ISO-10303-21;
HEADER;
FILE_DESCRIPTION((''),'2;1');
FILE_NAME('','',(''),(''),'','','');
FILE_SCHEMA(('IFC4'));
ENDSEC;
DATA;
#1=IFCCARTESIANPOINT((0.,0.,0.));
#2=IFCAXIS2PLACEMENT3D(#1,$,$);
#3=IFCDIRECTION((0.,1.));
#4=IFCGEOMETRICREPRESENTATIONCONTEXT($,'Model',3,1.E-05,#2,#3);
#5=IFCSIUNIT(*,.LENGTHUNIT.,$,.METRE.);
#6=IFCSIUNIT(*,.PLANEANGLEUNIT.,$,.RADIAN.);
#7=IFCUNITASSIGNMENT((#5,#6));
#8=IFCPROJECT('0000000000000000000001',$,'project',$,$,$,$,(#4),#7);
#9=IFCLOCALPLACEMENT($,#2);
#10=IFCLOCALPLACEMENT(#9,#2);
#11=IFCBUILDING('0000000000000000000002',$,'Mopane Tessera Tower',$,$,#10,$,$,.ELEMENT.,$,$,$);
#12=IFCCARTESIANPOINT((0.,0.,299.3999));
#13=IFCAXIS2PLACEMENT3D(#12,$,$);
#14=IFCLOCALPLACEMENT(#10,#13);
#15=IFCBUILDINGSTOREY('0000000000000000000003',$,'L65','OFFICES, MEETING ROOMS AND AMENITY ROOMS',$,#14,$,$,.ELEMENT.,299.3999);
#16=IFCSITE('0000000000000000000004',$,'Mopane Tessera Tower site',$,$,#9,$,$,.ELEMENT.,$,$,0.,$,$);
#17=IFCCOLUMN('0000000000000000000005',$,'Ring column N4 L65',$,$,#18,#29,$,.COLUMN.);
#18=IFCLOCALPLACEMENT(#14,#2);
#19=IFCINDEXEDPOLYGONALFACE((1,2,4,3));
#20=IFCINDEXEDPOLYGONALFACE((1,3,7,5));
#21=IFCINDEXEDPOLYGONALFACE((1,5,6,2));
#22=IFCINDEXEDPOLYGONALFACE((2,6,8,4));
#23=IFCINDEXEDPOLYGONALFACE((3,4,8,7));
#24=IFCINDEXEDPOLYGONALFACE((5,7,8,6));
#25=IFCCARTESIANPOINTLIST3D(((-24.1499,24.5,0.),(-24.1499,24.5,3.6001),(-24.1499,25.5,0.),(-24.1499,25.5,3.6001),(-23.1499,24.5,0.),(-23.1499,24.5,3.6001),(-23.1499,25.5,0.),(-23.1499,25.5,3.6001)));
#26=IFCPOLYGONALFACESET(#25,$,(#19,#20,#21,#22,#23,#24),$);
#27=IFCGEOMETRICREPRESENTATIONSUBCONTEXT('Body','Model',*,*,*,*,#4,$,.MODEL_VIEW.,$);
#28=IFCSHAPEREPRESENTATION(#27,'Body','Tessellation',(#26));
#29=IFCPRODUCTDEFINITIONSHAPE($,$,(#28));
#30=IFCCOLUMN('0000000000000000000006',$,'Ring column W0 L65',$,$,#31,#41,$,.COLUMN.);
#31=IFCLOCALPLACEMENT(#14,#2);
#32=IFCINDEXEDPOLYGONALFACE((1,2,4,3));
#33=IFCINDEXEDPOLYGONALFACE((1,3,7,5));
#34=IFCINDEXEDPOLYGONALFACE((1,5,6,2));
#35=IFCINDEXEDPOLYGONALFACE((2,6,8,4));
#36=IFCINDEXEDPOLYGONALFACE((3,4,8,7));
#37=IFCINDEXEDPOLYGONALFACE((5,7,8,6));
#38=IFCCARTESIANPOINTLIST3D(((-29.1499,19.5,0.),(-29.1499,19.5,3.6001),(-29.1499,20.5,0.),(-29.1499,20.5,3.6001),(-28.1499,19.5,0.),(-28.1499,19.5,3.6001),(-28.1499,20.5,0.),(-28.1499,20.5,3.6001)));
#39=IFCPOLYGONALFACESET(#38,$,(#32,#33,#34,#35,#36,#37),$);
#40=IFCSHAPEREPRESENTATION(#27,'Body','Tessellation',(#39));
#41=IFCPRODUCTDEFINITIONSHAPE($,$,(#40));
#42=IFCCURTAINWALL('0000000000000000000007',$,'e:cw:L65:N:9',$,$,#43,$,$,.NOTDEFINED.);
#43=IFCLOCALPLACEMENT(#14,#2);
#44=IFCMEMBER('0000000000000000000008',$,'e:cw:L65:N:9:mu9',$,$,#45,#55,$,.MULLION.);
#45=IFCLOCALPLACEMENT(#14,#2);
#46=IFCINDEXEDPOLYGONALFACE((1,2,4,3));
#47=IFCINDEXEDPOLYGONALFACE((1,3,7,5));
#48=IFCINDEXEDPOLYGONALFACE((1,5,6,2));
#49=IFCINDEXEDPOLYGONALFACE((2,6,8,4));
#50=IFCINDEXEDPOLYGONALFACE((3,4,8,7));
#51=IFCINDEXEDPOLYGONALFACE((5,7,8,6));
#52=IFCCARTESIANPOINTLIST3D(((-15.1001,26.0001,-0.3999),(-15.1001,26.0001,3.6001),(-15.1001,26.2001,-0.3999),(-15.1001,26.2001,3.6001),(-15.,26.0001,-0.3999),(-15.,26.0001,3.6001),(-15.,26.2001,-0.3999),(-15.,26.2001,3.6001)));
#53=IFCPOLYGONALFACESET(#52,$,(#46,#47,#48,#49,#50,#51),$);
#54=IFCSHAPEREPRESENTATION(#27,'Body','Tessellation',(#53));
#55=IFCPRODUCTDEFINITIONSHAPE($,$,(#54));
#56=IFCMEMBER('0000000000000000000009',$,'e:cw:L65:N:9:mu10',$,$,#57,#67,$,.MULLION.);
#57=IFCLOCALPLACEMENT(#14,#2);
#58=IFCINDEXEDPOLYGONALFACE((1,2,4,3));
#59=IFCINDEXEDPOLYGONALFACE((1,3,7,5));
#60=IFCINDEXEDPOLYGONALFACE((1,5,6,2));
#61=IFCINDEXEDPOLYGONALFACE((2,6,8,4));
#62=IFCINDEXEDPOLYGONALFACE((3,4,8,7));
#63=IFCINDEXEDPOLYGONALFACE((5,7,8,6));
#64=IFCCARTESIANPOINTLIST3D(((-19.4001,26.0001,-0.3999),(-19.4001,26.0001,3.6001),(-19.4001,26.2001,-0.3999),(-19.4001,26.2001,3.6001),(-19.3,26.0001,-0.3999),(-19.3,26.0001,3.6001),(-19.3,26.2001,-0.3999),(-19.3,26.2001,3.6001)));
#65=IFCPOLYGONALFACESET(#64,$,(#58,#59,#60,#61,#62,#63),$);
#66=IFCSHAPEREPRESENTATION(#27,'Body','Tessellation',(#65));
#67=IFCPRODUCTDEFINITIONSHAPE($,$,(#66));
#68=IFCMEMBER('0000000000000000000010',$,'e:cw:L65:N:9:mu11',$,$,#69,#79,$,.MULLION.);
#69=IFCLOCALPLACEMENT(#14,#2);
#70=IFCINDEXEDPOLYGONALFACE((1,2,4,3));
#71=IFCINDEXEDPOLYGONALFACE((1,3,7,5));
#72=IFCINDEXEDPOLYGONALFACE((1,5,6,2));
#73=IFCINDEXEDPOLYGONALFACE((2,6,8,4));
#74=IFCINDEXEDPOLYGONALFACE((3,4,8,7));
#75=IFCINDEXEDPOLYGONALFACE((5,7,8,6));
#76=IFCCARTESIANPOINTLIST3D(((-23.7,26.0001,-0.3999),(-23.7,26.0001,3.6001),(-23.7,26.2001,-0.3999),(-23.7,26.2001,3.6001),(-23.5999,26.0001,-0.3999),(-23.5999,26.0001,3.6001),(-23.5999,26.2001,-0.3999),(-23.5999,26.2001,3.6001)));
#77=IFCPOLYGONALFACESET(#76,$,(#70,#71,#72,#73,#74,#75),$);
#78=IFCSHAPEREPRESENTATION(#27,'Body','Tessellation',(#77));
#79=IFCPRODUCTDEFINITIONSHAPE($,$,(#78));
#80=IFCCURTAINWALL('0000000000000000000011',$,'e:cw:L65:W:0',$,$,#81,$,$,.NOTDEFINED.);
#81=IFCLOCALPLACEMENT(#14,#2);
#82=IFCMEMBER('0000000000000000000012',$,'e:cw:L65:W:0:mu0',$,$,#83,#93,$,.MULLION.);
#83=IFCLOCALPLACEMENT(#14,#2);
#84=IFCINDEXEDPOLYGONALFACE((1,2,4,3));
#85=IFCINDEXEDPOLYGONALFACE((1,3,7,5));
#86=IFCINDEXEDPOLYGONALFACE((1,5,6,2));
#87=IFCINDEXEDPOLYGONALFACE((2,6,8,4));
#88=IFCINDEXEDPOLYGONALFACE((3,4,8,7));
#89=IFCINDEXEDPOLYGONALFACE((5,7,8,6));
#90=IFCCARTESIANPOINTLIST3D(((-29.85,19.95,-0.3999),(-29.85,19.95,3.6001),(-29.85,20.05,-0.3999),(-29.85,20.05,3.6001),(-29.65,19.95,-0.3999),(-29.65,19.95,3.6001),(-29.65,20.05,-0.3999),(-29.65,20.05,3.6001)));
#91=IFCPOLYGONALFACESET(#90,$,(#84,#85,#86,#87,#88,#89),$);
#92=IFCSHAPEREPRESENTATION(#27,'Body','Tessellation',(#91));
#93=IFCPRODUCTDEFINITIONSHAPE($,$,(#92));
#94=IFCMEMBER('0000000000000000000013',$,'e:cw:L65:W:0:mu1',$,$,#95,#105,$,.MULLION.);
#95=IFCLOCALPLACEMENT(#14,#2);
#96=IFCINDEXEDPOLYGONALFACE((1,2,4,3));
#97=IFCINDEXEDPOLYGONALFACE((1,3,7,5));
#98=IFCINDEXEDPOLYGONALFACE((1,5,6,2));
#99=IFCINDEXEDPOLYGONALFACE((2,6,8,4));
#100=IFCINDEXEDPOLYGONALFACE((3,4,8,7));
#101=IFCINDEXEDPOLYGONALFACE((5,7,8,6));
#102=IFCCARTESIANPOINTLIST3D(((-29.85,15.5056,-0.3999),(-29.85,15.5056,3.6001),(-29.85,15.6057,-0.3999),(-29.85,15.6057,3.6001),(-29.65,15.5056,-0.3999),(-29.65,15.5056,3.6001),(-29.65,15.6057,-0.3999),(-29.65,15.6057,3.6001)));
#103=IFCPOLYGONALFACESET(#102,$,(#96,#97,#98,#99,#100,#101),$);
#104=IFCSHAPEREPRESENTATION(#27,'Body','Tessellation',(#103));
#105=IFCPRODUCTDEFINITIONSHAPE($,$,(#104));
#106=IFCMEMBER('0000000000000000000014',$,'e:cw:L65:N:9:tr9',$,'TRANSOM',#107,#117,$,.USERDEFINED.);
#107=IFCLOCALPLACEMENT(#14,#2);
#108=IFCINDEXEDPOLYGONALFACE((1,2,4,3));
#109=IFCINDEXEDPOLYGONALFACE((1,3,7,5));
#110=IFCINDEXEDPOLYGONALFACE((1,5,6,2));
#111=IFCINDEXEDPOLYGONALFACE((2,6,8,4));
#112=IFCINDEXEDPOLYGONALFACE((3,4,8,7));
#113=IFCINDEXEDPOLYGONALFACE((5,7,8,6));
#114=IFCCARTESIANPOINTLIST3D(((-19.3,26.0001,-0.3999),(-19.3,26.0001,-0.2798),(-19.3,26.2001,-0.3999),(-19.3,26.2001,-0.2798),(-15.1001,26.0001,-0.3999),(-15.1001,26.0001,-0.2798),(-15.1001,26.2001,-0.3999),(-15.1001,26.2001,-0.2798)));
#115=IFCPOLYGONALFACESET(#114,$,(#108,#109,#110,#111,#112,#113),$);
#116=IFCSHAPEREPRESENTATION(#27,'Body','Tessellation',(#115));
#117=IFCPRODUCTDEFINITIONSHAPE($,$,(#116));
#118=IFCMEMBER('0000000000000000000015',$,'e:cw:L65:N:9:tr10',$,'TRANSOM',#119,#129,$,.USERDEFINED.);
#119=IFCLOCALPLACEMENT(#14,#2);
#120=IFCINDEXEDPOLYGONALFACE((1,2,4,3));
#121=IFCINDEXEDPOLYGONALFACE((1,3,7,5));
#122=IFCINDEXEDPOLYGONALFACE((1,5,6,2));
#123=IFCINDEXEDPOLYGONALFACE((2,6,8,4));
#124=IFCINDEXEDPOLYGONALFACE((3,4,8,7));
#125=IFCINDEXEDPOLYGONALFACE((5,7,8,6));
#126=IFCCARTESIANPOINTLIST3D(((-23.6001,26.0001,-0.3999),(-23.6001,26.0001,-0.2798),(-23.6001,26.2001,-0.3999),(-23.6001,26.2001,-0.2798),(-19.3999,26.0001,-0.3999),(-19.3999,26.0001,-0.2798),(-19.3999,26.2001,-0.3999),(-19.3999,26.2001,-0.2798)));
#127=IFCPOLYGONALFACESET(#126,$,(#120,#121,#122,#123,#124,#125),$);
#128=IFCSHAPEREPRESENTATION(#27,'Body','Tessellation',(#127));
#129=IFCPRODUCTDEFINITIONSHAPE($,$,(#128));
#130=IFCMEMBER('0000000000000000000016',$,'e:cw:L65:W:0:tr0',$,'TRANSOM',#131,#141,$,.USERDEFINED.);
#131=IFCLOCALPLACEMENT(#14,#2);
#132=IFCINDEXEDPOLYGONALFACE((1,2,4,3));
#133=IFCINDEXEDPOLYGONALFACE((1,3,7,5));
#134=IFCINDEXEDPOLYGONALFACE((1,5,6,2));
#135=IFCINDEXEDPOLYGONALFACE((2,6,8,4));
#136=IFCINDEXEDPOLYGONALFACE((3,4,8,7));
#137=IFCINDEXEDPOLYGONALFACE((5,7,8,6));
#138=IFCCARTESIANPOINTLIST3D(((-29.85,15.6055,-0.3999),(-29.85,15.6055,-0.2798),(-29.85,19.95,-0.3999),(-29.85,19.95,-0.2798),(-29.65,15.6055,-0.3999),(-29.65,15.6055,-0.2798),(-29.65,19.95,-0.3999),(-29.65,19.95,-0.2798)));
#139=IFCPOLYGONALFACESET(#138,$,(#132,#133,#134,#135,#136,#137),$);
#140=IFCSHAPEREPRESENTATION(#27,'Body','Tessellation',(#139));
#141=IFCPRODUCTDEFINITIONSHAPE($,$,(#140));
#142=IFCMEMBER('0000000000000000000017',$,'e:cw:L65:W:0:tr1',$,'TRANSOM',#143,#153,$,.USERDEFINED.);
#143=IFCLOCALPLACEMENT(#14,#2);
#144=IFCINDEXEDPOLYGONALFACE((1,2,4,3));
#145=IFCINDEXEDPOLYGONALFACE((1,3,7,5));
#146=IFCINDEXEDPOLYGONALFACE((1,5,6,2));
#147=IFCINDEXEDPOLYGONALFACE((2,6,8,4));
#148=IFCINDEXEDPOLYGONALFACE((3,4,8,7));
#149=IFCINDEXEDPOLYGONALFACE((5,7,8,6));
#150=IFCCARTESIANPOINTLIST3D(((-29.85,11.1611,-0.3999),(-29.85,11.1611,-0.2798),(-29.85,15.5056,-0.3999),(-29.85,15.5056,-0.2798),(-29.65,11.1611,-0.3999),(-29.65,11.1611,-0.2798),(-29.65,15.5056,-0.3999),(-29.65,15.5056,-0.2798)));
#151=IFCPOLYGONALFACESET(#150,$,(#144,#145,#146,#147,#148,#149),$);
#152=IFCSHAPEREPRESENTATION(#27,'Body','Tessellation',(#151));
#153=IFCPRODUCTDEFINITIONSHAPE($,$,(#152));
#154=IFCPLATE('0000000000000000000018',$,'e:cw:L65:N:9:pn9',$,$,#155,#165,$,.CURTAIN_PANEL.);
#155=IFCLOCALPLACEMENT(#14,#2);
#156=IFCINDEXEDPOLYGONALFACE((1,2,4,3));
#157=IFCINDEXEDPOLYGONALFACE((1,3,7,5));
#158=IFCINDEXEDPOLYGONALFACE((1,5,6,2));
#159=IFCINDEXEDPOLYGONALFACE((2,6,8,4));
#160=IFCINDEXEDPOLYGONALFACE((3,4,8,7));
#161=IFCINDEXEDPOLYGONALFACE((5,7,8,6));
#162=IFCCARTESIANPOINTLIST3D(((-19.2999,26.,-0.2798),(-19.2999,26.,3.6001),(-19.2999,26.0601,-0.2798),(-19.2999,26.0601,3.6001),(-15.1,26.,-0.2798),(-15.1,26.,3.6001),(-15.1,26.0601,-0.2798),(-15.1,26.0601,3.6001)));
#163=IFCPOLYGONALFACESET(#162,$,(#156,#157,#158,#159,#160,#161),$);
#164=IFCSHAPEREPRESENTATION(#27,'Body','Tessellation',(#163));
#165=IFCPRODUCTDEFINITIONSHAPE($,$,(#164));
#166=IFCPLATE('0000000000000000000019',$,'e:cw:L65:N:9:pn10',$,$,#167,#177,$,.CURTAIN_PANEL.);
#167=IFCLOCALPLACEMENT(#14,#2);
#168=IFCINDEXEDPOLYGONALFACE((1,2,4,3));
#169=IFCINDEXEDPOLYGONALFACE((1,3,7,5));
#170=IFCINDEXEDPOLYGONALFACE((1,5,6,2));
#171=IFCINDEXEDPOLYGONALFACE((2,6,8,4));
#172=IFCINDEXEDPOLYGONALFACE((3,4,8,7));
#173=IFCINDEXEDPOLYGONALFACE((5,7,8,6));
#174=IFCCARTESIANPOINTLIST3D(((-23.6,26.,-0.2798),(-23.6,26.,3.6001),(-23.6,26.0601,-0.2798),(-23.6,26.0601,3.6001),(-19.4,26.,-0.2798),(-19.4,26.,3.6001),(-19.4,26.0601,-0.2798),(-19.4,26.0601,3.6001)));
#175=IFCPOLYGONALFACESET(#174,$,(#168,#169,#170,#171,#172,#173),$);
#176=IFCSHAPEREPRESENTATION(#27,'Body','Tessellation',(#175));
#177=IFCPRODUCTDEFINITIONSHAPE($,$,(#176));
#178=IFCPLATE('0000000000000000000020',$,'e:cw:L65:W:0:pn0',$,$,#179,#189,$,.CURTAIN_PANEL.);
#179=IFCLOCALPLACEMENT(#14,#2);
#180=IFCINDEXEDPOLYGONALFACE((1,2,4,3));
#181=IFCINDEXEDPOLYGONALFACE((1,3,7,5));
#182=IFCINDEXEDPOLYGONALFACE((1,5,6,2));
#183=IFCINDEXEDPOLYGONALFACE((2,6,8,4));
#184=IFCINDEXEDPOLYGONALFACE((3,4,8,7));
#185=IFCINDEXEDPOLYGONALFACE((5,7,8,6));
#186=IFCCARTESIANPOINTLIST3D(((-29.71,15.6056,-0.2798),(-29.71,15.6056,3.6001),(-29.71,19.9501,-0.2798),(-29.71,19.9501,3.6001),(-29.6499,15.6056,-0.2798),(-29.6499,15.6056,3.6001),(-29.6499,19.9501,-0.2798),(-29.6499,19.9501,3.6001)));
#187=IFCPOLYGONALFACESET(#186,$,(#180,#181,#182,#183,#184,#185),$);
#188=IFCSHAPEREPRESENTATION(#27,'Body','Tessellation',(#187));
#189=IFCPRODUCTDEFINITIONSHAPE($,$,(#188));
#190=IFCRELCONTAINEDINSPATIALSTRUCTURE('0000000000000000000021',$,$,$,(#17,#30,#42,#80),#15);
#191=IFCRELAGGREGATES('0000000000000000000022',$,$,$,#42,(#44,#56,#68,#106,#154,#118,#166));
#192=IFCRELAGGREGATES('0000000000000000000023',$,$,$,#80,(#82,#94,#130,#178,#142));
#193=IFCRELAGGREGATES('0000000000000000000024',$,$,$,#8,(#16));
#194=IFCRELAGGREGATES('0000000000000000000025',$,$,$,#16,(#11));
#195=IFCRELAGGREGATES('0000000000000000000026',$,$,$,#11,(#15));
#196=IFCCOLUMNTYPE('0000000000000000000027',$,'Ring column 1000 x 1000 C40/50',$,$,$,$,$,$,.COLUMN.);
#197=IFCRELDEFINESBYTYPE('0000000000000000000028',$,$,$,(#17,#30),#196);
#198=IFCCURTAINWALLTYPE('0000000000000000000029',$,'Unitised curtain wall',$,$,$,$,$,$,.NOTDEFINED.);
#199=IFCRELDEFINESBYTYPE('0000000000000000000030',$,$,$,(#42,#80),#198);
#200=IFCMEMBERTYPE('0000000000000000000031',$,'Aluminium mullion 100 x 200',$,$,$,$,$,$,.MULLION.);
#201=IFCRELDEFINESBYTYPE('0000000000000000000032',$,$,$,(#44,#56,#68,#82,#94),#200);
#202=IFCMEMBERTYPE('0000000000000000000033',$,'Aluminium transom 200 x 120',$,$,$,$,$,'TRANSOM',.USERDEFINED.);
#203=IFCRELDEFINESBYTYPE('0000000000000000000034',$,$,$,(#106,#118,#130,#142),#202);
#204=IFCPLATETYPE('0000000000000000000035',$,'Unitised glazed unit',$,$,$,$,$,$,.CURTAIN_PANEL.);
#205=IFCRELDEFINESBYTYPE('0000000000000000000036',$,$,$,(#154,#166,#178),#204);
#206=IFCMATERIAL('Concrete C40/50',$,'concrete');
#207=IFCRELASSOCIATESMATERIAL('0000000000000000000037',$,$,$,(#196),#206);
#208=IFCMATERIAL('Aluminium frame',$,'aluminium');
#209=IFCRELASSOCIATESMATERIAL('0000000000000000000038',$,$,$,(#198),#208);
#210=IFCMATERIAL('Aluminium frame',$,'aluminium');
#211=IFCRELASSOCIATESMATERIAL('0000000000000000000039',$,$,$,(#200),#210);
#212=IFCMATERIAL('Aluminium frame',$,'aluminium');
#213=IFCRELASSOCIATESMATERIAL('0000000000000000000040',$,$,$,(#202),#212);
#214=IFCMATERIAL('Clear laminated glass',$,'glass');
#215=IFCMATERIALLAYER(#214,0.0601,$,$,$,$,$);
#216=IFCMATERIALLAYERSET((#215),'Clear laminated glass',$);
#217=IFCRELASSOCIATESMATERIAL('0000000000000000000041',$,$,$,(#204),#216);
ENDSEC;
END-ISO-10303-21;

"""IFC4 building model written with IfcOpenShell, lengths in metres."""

from ifc_helpers import new_model, si_unit, direction, frame, origin, origin_2d, place, context, subcontext, project, spatial, rectangle, extrude, material, layer, layer_set, material_profile, profile_set, type_object, element, aggregate, save


model = new_model("IFC4")

# Units and contexts
model_context = context("Model", 3, precision=1e-05, world=origin(), true_north=direction((0.0, 1.0)))
body_context = subcontext(model_context, "Body", "Model", "MODEL_VIEW")
ifc_project = project(units=[si_unit("LENGTHUNIT", "METRE"), si_unit("PLANEANGLEUNIT", "RADIAN")], contexts=[model_context])

# Site, building, storey
site_placement = place(None, origin())
site = spatial("IfcSite", under=ifc_project, at=site_placement, Name="Mopane Tessera Tower site", CompositionType="ELEMENT", RefElevation=0.0)
building_placement = place(site_placement, origin())
building = spatial("IfcBuilding", under=site, at=building_placement, Name="Mopane Tessera Tower", CompositionType="ELEMENT")
storey_placement = place(building_placement, frame((0.0, 0.0, 299.3999)))
storey = spatial("IfcBuildingStorey", under=building, at=storey_placement, Name="L65", Description="OFFICES, MEETING ROOMS AND AMENITY ROOMS", CompositionType="ELEMENT", Elevation=299.3999)

# Columns
ifc_material_1 = material(Name="Concrete C40/50", Category="concrete")
ifc_material_profile_1 = material_profile(ifc_material_1, rectangle(XDim=1.0, YDim=1.0, at=origin_2d()))
ifc_profile_set_1 = profile_set([ifc_material_profile_1], Name="Concrete C40/50")
column_type = type_object("IfcColumnType", Name="Ring column 1000 x 1000 C40/50", PredefinedType="COLUMN", material=ifc_profile_set_1)
for number, where, z_axis, x_axis, name in (
    (1, (-23.6499, 25.0, 0.0), (0.0, 0.0, 1.0), (1.0, 0.0, 0.0), "Ring column N4 L65"),
    (2, (-28.6499, 20.0, 0.0), (0.0, 0.0, 1.0), (1.0, 0.0, 0.0), "Ring column W0 L65"),
):
    element("IfcColumn", number, at=place(storey_placement, frame(where, z_axis=z_axis, x_axis=x_axis)), inside=storey, type_object=column_type, Name=name, PredefinedType="COLUMN", context=body_context, shape_type="SweptSolid", body=[
        extrude(rectangle(XDim=1.0, YDim=1.0, at=origin_2d()), origin(), (0.0, 0.0, 1.0), 3.6001),
    ])

# Curtain walls, members
ifc_material_2 = material(Name="Aluminium frame", Category="aluminium")
curtain_wall_type = type_object("IfcCurtainWallType", Name="Unitised curtain wall", PredefinedType="NOTDEFINED", material=ifc_material_2)
curtain_wall_1_placement = place(storey_placement, origin())
curtain_wall_1 = element("IfcCurtainWall", 3, at=curtain_wall_1_placement, inside=storey, type_object=curtain_wall_type, Name="e:cw:L65:N:9", PredefinedType="NOTDEFINED")
ifc_material_3 = material(Name="Aluminium frame", Category="aluminium")
ifc_material_profile_2 = material_profile(ifc_material_3, rectangle(XDim=0.1001, YDim=0.2, at=origin_2d()))
ifc_profile_set_2 = profile_set([ifc_material_profile_2], Name="Aluminium frame")
member_type_1 = type_object("IfcMemberType", Name="Aluminium mullion 100 x 200", PredefinedType="MULLION", material=ifc_profile_set_2)
member_1_placement = place(storey_placement, frame((-15.05, 26.1001, -0.3999), z_axis=(0.0, 0.0, 1.0), x_axis=(-1.0, 0.0, 0.0)))
member_1 = element("IfcMember", 4, at=member_1_placement, type_object=member_type_1, Name="e:cw:L65:N:9:mu9", PredefinedType="MULLION", context=body_context, shape_type="SweptSolid", body=[
    extrude(rectangle(XDim=0.1001, YDim=0.2, at=origin_2d()), origin(), (0.0, 0.0, 1.0), 4.0),
])
member_2_placement = place(storey_placement, frame((-19.3501, 26.1001, -0.3999), z_axis=(0.0, 0.0, 1.0), x_axis=(-1.0, 0.0, 0.0)))
member_2 = element("IfcMember", 5, at=member_2_placement, type_object=member_type_1, Name="e:cw:L65:N:9:mu10", PredefinedType="MULLION", context=body_context, shape_type="SweptSolid", body=[
    extrude(rectangle(XDim=0.1001, YDim=0.2, at=origin_2d()), origin(), (0.0, 0.0, 1.0), 4.0),
])
member_3_placement = place(storey_placement, frame((-23.6499, 26.1001, -0.3999), z_axis=(0.0, 0.0, 1.0), x_axis=(-1.0, 0.0, 0.0)))
member_3 = element("IfcMember", 6, at=member_3_placement, type_object=member_type_1, Name="e:cw:L65:N:9:mu11", PredefinedType="MULLION", context=body_context, shape_type="SweptSolid", body=[
    extrude(rectangle(XDim=0.1001, YDim=0.2, at=origin_2d()), origin(), (0.0, 0.0, 1.0), 4.0),
])
curtain_wall_2_placement = place(storey_placement, origin())
curtain_wall_2 = element("IfcCurtainWall", 7, at=curtain_wall_2_placement, inside=storey, type_object=curtain_wall_type, Name="e:cw:L65:W:0", PredefinedType="NOTDEFINED")
member_4_placement = place(storey_placement, frame((-29.75, 20.0, -0.3999), z_axis=(0.0, 0.0, 1.0), x_axis=(0.0, -1.0, 0.0)))
member_4 = element("IfcMember", 8, at=member_4_placement, type_object=member_type_1, Name="e:cw:L65:W:0:mu0", PredefinedType="MULLION", context=body_context, shape_type="SweptSolid", body=[
    extrude(rectangle(XDim=0.1001, YDim=0.2, at=origin_2d()), origin(), (0.0, 0.0, 1.0), 4.0),
])
member_5_placement = place(storey_placement, frame((-29.75, 15.5557, -0.3999), z_axis=(0.0, 0.0, 1.0), x_axis=(0.0, -1.0, 0.0)))
member_5 = element("IfcMember", 9, at=member_5_placement, type_object=member_type_1, Name="e:cw:L65:W:0:mu1", PredefinedType="MULLION", context=body_context, shape_type="SweptSolid", body=[
    extrude(rectangle(XDim=0.1001, YDim=0.2, at=origin_2d()), origin(), (0.0, 0.0, 1.0), 4.0),
])

# Members
ifc_material_4 = material(Name="Aluminium frame", Category="aluminium")
ifc_material_profile_3 = material_profile(ifc_material_4, rectangle(XDim=0.2, YDim=0.1201, at=origin_2d()))
ifc_profile_set_3 = profile_set([ifc_material_profile_3], Name="Aluminium frame")
member_type_2 = type_object("IfcMemberType", Name="Aluminium transom 200 x 120", ElementType="TRANSOM", PredefinedType="USERDEFINED", material=ifc_profile_set_3)
member_6_placement = place(storey_placement, frame((-15.1001, 26.1001, -0.3398), z_axis=(-1.0, 0.0, 0.0), x_axis=(0.0, -1.0, 0.0)))
member_6 = element("IfcMember", 10, at=member_6_placement, type_object=member_type_2, Name="e:cw:L65:N:9:tr9", ObjectType="TRANSOM", PredefinedType="USERDEFINED", context=body_context, shape_type="SweptSolid", body=[
    extrude(rectangle(XDim=0.2, YDim=0.1201, at=origin_2d()), origin(), (0.0, 0.0, 1.0), 4.2),
])
member_7_placement = place(storey_placement, frame((-19.3999, 26.1001, -0.3398), z_axis=(-1.0, 0.0, 0.0), x_axis=(0.0, -1.0, 0.0)))
member_7 = element("IfcMember", 11, at=member_7_placement, type_object=member_type_2, Name="e:cw:L65:N:9:tr10", ObjectType="TRANSOM", PredefinedType="USERDEFINED", context=body_context, shape_type="SweptSolid", body=[
    extrude(rectangle(XDim=0.2, YDim=0.1201, at=origin_2d()), origin(), (0.0, 0.0, 1.0), 4.2002),
])
member_8_placement = place(storey_placement, frame((-29.75, 19.95, -0.3398), z_axis=(0.0, -1.0, 0.0), x_axis=(1.0, 0.0, 0.0)))
member_8 = element("IfcMember", 12, at=member_8_placement, type_object=member_type_2, Name="e:cw:L65:W:0:tr0", ObjectType="TRANSOM", PredefinedType="USERDEFINED", context=body_context, shape_type="SweptSolid", body=[
    extrude(rectangle(XDim=0.2, YDim=0.1201, at=origin_2d()), origin(), (0.0, 0.0, 1.0), 4.3445),
])
member_9_placement = place(storey_placement, frame((-29.75, 15.5056, -0.3398), z_axis=(0.0, -1.0, 0.0), x_axis=(1.0, 0.0, 0.0)))
member_9 = element("IfcMember", 13, at=member_9_placement, type_object=member_type_2, Name="e:cw:L65:W:0:tr1", ObjectType="TRANSOM", PredefinedType="USERDEFINED", context=body_context, shape_type="SweptSolid", body=[
    extrude(rectangle(XDim=0.2, YDim=0.1201, at=origin_2d()), origin(), (0.0, 0.0, 1.0), 4.3445),
])

# Plates
ifc_material_5 = material(Name="Clear laminated glass", Category="glass")
ifc_layer_1 = layer(ifc_material_5, 0.0601)
ifc_layer_set_1 = layer_set([ifc_layer_1], Name="Clear laminated glass")
plate_type = type_object("IfcPlateType", Name="Unitised glazed unit", PredefinedType="CURTAIN_PANEL", material=ifc_layer_set_1)
plate_1_placement = place(storey_placement, frame((-17.2, 26.03, -0.2798), z_axis=(0.0, 0.0, 1.0), x_axis=(-1.0, 0.0, 0.0)))
plate_1 = element("IfcPlate", 14, at=plate_1_placement, type_object=plate_type, Name="e:cw:L65:N:9:pn9", PredefinedType="CURTAIN_PANEL", context=body_context, shape_type="SweptSolid", body=[
    extrude(rectangle(XDim=4.2, YDim=0.0601, at=origin_2d()), origin(), (0.0, 0.0, 1.0), 3.8799),
])
plate_2_placement = place(storey_placement, frame((-21.5, 26.03, -0.2798), z_axis=(0.0, 0.0, 1.0), x_axis=(-1.0, 0.0, 0.0)))
plate_2 = element("IfcPlate", 15, at=plate_2_placement, type_object=plate_type, Name="e:cw:L65:N:9:pn10", PredefinedType="CURTAIN_PANEL", context=body_context, shape_type="SweptSolid", body=[
    extrude(rectangle(XDim=4.2, YDim=0.0601, at=origin_2d()), origin(), (0.0, 0.0, 1.0), 3.8799),
])
aggregate(curtain_wall_1, [member_1, member_2, member_3, member_6, plate_1, member_7, plate_2])
plate_3_placement = place(storey_placement, frame((-29.6799, 17.7778, -0.2798), z_axis=(0.0, 0.0, 1.0), x_axis=(0.0, -1.0, 0.0)))
plate_3 = element("IfcPlate", 16, at=plate_3_placement, type_object=plate_type, Name="e:cw:L65:W:0:pn0", PredefinedType="CURTAIN_PANEL", context=body_context, shape_type="SweptSolid", body=[
    extrude(rectangle(XDim=4.3445, YDim=0.0601, at=origin_2d()), origin(), (0.0, 0.0, 1.0), 3.8799),
])
aggregate(curtain_wall_2, [member_4, member_5, member_8, plate_3, member_9])

save(model, "model.ifc")
